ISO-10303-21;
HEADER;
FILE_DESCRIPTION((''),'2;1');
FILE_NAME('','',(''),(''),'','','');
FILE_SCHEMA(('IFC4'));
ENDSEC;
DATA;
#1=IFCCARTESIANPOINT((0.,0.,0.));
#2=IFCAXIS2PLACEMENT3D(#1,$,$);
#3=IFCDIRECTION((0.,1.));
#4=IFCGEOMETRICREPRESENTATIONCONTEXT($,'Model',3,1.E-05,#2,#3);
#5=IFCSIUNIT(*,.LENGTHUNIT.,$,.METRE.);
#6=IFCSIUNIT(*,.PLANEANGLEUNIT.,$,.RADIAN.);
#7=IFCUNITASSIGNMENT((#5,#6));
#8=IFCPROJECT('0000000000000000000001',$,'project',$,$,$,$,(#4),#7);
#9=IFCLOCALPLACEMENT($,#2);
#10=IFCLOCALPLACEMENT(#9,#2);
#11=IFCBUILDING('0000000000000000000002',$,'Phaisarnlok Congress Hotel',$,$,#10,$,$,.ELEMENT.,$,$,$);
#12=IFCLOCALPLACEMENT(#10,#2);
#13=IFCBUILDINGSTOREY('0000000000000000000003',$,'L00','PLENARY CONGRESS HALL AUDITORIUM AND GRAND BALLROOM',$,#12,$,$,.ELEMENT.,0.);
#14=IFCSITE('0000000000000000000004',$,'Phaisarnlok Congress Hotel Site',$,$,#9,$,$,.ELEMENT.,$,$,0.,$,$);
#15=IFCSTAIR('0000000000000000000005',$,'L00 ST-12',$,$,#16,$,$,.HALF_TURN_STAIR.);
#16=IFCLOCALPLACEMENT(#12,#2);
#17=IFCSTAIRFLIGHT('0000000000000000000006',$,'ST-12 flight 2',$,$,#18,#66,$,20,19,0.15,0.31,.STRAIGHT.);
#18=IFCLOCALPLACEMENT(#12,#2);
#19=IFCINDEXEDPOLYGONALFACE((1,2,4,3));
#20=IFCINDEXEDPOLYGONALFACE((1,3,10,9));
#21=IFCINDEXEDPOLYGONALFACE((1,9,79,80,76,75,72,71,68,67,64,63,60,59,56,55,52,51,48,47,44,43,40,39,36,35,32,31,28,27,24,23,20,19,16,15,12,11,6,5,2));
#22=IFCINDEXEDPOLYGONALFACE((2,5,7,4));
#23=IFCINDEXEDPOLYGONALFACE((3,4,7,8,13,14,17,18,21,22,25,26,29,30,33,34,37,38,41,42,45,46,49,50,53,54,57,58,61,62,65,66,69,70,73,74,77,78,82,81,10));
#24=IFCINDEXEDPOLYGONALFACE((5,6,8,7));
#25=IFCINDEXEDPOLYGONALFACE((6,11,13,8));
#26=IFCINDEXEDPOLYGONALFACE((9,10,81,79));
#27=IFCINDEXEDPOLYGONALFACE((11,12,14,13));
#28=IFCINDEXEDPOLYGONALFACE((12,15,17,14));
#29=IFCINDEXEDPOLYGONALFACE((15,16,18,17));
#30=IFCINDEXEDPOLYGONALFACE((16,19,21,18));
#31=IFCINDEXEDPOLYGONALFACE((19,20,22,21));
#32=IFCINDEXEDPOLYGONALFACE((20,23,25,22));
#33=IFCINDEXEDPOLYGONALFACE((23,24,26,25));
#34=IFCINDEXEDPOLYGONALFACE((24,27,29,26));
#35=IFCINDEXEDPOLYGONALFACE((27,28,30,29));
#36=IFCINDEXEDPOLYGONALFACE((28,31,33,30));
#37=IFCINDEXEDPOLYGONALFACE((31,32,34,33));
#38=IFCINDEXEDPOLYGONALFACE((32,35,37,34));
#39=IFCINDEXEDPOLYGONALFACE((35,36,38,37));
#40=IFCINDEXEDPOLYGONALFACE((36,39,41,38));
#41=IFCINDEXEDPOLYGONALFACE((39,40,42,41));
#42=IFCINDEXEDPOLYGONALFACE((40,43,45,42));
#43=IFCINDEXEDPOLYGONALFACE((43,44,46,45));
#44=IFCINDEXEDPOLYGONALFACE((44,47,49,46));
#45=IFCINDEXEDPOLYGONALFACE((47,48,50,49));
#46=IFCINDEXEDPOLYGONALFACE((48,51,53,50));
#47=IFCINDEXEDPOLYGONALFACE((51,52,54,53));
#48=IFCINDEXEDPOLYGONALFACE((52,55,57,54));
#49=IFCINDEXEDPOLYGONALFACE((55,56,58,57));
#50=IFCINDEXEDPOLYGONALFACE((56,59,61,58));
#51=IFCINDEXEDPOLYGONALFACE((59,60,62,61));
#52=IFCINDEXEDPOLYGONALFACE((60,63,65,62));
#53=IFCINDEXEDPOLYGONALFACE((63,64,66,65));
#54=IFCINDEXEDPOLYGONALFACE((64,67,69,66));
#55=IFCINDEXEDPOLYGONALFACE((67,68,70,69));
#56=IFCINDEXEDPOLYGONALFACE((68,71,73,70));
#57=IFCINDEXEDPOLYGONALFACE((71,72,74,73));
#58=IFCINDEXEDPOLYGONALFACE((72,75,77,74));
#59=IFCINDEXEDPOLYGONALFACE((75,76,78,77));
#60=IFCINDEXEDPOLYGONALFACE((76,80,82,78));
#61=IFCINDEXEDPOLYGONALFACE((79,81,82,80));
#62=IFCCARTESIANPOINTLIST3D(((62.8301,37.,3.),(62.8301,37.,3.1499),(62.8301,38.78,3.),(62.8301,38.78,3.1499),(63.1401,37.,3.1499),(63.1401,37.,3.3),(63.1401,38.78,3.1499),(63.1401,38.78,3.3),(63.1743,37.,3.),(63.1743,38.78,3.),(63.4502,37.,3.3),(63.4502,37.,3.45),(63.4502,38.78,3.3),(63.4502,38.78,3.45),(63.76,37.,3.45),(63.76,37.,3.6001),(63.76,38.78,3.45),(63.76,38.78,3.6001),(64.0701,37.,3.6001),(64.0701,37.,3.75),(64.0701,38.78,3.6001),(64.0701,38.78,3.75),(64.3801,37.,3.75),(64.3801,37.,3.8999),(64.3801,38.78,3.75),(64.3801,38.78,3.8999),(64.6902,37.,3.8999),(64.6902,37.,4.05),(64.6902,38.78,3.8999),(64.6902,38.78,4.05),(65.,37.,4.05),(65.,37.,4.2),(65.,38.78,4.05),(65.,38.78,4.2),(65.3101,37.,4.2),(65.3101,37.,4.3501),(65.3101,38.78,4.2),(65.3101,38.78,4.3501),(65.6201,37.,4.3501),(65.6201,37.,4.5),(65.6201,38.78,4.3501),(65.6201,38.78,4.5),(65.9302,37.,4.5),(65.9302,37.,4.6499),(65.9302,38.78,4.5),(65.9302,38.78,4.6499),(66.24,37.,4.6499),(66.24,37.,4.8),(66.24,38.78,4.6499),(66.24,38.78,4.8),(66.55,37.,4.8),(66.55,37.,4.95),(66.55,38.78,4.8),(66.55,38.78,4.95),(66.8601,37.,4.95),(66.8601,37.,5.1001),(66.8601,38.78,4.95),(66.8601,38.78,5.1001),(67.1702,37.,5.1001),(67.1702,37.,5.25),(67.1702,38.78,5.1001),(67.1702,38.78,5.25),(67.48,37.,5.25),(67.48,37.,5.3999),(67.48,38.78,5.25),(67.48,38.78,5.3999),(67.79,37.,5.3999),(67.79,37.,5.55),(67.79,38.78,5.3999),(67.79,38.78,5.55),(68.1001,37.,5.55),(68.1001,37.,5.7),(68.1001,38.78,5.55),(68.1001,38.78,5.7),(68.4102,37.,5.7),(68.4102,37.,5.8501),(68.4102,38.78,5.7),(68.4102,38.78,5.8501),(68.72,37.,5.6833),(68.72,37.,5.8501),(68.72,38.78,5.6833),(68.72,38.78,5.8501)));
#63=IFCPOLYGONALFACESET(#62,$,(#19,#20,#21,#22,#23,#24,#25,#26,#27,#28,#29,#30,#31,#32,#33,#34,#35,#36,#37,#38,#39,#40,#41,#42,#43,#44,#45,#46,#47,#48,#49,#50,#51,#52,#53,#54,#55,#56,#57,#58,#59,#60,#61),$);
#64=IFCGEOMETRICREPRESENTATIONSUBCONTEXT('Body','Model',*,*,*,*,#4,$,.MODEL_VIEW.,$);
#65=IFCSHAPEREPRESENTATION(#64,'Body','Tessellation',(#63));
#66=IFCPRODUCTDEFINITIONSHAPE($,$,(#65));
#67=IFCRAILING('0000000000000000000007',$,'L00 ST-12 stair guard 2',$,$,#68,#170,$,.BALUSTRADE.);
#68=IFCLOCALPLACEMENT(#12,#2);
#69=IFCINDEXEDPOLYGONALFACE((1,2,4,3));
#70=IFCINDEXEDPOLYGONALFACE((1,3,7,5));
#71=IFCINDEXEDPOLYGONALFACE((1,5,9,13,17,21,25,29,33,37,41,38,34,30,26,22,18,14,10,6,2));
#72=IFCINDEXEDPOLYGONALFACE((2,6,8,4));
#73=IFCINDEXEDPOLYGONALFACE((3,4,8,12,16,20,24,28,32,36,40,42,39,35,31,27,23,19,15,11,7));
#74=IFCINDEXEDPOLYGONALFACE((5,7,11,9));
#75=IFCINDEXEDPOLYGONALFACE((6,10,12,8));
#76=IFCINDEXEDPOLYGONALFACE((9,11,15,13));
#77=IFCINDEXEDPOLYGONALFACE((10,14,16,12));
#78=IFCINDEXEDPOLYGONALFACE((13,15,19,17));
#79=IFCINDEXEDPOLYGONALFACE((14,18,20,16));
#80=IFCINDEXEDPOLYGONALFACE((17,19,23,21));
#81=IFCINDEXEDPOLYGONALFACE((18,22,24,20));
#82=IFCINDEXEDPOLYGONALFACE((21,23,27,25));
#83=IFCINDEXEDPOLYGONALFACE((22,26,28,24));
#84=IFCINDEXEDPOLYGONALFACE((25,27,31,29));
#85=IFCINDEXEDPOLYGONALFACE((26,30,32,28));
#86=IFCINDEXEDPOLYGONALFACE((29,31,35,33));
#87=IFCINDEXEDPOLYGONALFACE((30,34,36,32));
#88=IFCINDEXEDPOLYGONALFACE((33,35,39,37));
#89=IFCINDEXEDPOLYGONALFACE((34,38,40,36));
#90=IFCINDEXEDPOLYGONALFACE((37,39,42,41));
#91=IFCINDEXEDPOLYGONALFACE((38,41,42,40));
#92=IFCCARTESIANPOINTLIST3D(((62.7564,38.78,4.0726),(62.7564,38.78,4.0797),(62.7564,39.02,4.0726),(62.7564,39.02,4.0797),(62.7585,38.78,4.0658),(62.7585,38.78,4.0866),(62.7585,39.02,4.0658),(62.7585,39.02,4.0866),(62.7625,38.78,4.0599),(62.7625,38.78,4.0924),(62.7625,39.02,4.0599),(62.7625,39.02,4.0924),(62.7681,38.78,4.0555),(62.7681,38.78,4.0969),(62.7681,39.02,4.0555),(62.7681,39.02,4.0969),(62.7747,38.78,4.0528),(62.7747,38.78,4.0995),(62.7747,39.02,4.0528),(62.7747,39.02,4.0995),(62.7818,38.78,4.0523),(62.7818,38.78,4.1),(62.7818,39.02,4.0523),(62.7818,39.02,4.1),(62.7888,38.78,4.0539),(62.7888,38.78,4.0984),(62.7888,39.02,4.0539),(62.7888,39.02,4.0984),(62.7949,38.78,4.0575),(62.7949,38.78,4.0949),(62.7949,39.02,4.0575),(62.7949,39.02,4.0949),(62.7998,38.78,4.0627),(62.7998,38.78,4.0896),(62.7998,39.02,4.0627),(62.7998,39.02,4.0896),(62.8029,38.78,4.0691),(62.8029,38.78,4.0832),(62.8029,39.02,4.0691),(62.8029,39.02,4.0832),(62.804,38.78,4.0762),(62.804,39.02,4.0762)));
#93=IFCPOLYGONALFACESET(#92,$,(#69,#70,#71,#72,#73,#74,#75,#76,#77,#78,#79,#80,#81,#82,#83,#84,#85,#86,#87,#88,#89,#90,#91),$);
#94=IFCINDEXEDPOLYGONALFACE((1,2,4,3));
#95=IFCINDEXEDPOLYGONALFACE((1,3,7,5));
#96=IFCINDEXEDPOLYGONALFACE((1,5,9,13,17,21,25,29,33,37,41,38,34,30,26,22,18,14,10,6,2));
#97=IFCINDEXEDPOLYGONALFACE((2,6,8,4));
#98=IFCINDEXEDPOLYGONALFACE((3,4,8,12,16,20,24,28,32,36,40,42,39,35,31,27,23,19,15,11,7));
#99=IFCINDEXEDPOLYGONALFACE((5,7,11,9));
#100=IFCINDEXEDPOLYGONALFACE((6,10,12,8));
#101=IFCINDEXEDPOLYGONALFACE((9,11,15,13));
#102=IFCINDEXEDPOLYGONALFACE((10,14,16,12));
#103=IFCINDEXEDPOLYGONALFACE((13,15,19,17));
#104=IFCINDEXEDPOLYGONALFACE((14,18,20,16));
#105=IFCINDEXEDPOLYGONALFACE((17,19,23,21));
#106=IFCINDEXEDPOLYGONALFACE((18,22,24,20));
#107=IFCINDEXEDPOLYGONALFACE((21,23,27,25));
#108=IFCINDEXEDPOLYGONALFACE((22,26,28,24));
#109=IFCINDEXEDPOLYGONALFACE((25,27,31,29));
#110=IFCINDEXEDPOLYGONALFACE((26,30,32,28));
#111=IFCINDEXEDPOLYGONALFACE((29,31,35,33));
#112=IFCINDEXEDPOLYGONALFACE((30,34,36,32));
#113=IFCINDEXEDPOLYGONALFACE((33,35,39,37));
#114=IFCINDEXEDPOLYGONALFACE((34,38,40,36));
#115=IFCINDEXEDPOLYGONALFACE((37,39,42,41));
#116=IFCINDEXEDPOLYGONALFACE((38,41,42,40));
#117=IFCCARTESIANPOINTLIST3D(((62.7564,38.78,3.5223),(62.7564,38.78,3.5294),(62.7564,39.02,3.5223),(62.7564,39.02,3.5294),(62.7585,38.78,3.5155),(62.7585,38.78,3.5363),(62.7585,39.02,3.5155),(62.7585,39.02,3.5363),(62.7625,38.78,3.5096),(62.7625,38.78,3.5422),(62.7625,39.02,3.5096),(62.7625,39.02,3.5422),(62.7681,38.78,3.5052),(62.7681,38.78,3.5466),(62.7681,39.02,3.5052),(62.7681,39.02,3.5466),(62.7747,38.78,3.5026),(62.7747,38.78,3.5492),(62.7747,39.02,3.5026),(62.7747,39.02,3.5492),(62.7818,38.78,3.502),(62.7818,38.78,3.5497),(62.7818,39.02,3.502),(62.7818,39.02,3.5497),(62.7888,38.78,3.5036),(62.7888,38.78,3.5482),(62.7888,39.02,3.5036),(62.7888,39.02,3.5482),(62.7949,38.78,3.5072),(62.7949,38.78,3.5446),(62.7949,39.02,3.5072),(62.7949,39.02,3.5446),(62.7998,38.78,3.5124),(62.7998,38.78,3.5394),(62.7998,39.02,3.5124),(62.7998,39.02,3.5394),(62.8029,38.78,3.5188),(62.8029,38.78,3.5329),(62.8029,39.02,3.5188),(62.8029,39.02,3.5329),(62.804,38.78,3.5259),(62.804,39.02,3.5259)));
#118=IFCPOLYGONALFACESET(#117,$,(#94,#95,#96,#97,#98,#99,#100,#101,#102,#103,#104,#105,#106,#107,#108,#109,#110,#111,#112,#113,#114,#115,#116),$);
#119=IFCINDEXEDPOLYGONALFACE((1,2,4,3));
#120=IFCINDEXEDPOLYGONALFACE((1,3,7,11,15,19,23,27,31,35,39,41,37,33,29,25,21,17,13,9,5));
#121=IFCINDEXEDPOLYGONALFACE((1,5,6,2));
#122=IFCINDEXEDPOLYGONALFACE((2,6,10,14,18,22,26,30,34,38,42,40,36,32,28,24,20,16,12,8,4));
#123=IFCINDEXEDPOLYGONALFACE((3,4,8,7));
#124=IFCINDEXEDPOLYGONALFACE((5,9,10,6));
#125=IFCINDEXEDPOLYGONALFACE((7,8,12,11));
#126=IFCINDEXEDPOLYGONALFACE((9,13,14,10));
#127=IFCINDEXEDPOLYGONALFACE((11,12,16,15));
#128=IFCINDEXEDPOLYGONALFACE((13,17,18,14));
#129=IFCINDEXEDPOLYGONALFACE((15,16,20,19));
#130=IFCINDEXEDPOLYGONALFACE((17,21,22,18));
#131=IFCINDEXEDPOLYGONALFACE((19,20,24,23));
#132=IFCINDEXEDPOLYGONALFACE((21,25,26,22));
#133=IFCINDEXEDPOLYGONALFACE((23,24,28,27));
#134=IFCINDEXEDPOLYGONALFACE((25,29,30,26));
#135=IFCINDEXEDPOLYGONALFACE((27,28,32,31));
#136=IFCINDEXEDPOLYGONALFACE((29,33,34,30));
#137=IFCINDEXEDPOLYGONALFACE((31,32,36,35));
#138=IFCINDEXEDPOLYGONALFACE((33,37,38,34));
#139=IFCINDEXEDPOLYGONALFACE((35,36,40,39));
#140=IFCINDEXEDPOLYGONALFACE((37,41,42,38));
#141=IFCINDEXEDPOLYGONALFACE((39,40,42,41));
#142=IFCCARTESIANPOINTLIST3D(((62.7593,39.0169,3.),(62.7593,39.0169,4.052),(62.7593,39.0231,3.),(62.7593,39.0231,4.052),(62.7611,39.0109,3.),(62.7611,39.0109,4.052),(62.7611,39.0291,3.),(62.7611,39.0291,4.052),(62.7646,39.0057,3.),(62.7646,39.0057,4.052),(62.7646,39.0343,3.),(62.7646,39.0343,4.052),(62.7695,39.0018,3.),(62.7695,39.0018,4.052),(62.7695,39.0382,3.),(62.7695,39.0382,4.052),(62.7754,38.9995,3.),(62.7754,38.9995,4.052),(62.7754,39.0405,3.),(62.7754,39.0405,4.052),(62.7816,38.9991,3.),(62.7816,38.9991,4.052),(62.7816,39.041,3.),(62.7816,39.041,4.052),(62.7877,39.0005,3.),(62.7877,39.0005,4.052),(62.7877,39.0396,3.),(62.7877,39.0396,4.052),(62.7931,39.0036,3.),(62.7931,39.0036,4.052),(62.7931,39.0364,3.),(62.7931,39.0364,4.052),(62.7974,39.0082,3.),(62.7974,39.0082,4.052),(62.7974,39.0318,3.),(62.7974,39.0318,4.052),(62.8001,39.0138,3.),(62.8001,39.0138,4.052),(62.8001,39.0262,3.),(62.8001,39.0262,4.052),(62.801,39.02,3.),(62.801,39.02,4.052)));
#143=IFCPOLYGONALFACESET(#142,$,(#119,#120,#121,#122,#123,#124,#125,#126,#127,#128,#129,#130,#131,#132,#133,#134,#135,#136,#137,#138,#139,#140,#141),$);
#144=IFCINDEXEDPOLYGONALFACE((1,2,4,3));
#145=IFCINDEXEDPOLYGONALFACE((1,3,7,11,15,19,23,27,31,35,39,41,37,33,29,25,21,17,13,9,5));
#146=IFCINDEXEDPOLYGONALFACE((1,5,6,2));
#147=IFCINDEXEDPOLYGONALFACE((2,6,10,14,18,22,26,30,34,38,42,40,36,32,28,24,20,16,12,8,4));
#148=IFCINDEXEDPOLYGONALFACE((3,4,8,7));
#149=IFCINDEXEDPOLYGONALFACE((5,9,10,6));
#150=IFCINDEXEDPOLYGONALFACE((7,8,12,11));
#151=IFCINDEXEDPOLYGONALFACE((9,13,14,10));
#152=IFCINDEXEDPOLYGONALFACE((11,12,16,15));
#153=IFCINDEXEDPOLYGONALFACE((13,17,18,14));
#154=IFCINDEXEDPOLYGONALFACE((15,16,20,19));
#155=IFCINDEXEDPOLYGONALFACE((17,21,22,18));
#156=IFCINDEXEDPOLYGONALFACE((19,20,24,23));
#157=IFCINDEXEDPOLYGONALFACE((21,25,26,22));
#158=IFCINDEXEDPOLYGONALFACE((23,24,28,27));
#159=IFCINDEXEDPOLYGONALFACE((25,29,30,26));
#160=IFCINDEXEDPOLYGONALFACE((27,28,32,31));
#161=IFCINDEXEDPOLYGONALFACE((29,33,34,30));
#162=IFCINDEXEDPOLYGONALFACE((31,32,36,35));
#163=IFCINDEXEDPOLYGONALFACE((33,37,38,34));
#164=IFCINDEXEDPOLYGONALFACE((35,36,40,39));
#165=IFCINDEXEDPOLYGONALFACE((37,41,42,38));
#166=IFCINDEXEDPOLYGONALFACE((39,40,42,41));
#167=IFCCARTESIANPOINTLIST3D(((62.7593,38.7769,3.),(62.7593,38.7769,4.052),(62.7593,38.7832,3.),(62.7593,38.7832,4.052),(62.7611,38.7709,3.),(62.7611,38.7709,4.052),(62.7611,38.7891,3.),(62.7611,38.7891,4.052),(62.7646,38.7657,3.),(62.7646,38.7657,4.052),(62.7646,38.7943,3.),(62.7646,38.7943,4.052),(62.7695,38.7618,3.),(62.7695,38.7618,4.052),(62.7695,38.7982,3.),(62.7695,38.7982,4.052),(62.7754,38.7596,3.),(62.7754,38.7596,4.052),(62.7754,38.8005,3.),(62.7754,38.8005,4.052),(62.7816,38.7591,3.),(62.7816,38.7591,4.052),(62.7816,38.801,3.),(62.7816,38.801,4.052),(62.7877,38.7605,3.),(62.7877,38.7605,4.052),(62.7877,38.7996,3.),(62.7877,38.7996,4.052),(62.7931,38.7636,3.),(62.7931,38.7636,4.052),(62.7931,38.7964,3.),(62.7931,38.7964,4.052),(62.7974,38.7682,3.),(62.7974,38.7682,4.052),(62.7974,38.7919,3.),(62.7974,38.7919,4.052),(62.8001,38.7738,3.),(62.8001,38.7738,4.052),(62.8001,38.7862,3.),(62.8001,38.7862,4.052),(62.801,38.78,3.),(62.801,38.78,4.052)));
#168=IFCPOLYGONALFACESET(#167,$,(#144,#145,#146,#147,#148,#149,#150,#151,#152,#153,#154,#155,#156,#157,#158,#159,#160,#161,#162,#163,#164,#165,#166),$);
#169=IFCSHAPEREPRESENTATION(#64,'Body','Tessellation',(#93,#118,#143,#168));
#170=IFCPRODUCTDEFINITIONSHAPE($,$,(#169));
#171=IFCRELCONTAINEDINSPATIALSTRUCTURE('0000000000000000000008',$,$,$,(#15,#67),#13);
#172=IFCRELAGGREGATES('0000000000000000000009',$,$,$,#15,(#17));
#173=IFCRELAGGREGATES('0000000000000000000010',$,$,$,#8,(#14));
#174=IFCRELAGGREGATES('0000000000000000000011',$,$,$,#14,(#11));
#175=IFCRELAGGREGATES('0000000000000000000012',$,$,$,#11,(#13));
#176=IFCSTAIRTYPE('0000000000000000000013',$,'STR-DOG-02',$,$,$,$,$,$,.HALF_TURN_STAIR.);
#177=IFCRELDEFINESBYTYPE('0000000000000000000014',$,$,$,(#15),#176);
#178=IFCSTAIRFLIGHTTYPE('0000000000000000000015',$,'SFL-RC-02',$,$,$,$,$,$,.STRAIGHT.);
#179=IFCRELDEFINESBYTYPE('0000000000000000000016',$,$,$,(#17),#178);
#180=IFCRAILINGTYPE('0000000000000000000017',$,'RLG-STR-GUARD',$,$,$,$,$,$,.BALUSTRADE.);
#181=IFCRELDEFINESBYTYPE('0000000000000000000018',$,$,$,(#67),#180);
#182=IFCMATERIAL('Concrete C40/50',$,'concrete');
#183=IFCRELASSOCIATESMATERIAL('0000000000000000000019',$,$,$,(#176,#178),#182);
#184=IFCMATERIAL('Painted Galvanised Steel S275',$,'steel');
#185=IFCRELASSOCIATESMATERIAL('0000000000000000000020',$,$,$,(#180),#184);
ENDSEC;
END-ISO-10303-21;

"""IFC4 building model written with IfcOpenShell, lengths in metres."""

from ifc_helpers import new_model, si_unit, direction, frame, origin, origin_2d, place, context, subcontext, project, spatial, polyline, circle, outline, extrude, material, type_object, element, aggregate, save


model = new_model("IFC4")

# Units and contexts
model_context = context("Model", 3, precision=1e-05, world=origin(), true_north=direction((0.0, 1.0)))
body_context = subcontext(model_context, "Body", "Model", "MODEL_VIEW")
ifc_project = project(units=[si_unit("LENGTHUNIT", "METRE"), si_unit("PLANEANGLEUNIT", "RADIAN")], contexts=[model_context])

# Site, building, storey
site_placement = place(None, origin())
site = spatial("IfcSite", under=ifc_project, at=site_placement, Name="Phaisarnlok Congress Hotel Site", CompositionType="ELEMENT", RefElevation=0.0)
building_placement = place(site_placement, origin())
building = spatial("IfcBuilding", under=site, at=building_placement, Name="Phaisarnlok Congress Hotel", CompositionType="ELEMENT")
storey_placement = place(building_placement, origin())
storey = spatial("IfcBuildingStorey", under=building, at=storey_placement, Name="L00", Description="PLENARY CONGRESS HALL AUDITORIUM AND GRAND BALLROOM", CompositionType="ELEMENT", Elevation=0.0)

# Shared definitions
ifc_material_1 = material(Name="Concrete C40/50", Category="concrete")

# Stair, stair flight
stair_type = type_object("IfcStairType", Name="STR-DOG-02", PredefinedType="HALF_TURN_STAIR", material=ifc_material_1)
stair_placement = place(storey_placement, origin())
stair = element("IfcStair", 1, at=stair_placement, inside=storey, type_object=stair_type, Name="L00 ST-12", PredefinedType="HALF_TURN_STAIR")
stair_flight_type = type_object("IfcStairFlightType", Name="SFL-RC-02", PredefinedType="STRAIGHT", material=ifc_material_1)
stair_flight_placement = place(storey_placement, frame((62.8301, 37.8899, 3.0), z_axis=(0.0, 0.0, 1.0), x_axis=(1.0, 0.0, 0.0)))
stair_flight = element("IfcStairFlight", 2, at=stair_flight_placement, type_object=stair_flight_type, Name="ST-12 flight 2", NumberOfRisers=20, NumberOfTreads=19, PredefinedType="STRAIGHT", RiserHeight=0.15, TreadLength=0.31, context=body_context, shape_type="SweptSolid", body=[
    extrude(outline(polyline([(0.0, 0.0), (0.0, 0.1499), (0.3101, 0.1499), (0.3101, 0.3), (0.6201, 0.3), (0.6201, 0.45), (0.9299, 0.45), (0.9299, 0.6001), (1.24, 0.6001), (1.24, 0.75), (1.55, 0.75), (1.55, 0.8999), (1.8601, 0.8999), (1.8601, 1.05), (2.1699, 1.05), (2.1699, 1.2), (2.48, 1.2), (2.48, 1.3501), (2.79, 1.3501), (2.79, 1.5), (3.1001, 1.5), (3.1001, 1.6499), (3.4099, 1.6499), (3.4099, 1.8), (3.72, 1.8), (3.72, 1.95), (4.03, 1.95), (4.03, 2.1001), (4.3401, 2.1001), (4.3401, 2.25), (4.6499, 2.25), (4.6499, 2.3999), (4.96, 2.3999), (4.96, 2.55), (5.27, 2.55), (5.27, 2.7), (5.5801, 2.7), (5.5801, 2.8501), (5.8899, 2.8501), (5.8899, 3.0), (5.8899, 2.6833), (0.3442, 0.0), (0.0, 0.0)])), frame((0.0, 0.8901, 0.0), z_axis=(0.0, -1.0, 0.0), x_axis=(1.0, 0.0, 0.0)), (0.0, 0.0, 1.0), 1.78),
])
aggregate(stair, [stair_flight])

# Railing
ifc_material_2 = material(Name="Painted Galvanised Steel S275", Category="steel")
railing_type_1 = type_object("IfcRailingType", Name="RLG-STR-GUARD", PredefinedType="BALUSTRADE", material=ifc_material_2)
railing_1_placement = place(storey_placement, frame((62.78, 39.02, 3.0)))
element("IfcRailing", 3, at=railing_1_placement, inside=storey, type_object=railing_type_1, Name="L00 ST-12 stair guard 2", PredefinedType="BALUSTRADE", context=body_context, shape_type="SweptSolid", body=[
    extrude(circle(Radius=0.0239, at=origin_2d()), frame((0.0, 0.0, 1.0762), z_axis=(0.0, -1.0, 0.0), x_axis=(1.0, 0.0, 0.0)), (0.0, 0.0, 1.0), 0.24),
    extrude(circle(Radius=0.0239, at=origin_2d()), frame((0.0, 0.0, 0.5259), z_axis=(0.0, -1.0, 0.0), x_axis=(1.0, 0.0, 0.0)), (0.0, 0.0, 1.0), 0.24),
    extrude(circle(Radius=0.021, at=origin_2d()), origin(), (0.0, 0.0, 1.0), 1.052),
    extrude(circle(Radius=0.021, at=origin_2d()), frame((0.0, -0.24, 0.0)), (0.0, 0.0, 1.0), 1.052),
])

save(model, "model.ifc")
